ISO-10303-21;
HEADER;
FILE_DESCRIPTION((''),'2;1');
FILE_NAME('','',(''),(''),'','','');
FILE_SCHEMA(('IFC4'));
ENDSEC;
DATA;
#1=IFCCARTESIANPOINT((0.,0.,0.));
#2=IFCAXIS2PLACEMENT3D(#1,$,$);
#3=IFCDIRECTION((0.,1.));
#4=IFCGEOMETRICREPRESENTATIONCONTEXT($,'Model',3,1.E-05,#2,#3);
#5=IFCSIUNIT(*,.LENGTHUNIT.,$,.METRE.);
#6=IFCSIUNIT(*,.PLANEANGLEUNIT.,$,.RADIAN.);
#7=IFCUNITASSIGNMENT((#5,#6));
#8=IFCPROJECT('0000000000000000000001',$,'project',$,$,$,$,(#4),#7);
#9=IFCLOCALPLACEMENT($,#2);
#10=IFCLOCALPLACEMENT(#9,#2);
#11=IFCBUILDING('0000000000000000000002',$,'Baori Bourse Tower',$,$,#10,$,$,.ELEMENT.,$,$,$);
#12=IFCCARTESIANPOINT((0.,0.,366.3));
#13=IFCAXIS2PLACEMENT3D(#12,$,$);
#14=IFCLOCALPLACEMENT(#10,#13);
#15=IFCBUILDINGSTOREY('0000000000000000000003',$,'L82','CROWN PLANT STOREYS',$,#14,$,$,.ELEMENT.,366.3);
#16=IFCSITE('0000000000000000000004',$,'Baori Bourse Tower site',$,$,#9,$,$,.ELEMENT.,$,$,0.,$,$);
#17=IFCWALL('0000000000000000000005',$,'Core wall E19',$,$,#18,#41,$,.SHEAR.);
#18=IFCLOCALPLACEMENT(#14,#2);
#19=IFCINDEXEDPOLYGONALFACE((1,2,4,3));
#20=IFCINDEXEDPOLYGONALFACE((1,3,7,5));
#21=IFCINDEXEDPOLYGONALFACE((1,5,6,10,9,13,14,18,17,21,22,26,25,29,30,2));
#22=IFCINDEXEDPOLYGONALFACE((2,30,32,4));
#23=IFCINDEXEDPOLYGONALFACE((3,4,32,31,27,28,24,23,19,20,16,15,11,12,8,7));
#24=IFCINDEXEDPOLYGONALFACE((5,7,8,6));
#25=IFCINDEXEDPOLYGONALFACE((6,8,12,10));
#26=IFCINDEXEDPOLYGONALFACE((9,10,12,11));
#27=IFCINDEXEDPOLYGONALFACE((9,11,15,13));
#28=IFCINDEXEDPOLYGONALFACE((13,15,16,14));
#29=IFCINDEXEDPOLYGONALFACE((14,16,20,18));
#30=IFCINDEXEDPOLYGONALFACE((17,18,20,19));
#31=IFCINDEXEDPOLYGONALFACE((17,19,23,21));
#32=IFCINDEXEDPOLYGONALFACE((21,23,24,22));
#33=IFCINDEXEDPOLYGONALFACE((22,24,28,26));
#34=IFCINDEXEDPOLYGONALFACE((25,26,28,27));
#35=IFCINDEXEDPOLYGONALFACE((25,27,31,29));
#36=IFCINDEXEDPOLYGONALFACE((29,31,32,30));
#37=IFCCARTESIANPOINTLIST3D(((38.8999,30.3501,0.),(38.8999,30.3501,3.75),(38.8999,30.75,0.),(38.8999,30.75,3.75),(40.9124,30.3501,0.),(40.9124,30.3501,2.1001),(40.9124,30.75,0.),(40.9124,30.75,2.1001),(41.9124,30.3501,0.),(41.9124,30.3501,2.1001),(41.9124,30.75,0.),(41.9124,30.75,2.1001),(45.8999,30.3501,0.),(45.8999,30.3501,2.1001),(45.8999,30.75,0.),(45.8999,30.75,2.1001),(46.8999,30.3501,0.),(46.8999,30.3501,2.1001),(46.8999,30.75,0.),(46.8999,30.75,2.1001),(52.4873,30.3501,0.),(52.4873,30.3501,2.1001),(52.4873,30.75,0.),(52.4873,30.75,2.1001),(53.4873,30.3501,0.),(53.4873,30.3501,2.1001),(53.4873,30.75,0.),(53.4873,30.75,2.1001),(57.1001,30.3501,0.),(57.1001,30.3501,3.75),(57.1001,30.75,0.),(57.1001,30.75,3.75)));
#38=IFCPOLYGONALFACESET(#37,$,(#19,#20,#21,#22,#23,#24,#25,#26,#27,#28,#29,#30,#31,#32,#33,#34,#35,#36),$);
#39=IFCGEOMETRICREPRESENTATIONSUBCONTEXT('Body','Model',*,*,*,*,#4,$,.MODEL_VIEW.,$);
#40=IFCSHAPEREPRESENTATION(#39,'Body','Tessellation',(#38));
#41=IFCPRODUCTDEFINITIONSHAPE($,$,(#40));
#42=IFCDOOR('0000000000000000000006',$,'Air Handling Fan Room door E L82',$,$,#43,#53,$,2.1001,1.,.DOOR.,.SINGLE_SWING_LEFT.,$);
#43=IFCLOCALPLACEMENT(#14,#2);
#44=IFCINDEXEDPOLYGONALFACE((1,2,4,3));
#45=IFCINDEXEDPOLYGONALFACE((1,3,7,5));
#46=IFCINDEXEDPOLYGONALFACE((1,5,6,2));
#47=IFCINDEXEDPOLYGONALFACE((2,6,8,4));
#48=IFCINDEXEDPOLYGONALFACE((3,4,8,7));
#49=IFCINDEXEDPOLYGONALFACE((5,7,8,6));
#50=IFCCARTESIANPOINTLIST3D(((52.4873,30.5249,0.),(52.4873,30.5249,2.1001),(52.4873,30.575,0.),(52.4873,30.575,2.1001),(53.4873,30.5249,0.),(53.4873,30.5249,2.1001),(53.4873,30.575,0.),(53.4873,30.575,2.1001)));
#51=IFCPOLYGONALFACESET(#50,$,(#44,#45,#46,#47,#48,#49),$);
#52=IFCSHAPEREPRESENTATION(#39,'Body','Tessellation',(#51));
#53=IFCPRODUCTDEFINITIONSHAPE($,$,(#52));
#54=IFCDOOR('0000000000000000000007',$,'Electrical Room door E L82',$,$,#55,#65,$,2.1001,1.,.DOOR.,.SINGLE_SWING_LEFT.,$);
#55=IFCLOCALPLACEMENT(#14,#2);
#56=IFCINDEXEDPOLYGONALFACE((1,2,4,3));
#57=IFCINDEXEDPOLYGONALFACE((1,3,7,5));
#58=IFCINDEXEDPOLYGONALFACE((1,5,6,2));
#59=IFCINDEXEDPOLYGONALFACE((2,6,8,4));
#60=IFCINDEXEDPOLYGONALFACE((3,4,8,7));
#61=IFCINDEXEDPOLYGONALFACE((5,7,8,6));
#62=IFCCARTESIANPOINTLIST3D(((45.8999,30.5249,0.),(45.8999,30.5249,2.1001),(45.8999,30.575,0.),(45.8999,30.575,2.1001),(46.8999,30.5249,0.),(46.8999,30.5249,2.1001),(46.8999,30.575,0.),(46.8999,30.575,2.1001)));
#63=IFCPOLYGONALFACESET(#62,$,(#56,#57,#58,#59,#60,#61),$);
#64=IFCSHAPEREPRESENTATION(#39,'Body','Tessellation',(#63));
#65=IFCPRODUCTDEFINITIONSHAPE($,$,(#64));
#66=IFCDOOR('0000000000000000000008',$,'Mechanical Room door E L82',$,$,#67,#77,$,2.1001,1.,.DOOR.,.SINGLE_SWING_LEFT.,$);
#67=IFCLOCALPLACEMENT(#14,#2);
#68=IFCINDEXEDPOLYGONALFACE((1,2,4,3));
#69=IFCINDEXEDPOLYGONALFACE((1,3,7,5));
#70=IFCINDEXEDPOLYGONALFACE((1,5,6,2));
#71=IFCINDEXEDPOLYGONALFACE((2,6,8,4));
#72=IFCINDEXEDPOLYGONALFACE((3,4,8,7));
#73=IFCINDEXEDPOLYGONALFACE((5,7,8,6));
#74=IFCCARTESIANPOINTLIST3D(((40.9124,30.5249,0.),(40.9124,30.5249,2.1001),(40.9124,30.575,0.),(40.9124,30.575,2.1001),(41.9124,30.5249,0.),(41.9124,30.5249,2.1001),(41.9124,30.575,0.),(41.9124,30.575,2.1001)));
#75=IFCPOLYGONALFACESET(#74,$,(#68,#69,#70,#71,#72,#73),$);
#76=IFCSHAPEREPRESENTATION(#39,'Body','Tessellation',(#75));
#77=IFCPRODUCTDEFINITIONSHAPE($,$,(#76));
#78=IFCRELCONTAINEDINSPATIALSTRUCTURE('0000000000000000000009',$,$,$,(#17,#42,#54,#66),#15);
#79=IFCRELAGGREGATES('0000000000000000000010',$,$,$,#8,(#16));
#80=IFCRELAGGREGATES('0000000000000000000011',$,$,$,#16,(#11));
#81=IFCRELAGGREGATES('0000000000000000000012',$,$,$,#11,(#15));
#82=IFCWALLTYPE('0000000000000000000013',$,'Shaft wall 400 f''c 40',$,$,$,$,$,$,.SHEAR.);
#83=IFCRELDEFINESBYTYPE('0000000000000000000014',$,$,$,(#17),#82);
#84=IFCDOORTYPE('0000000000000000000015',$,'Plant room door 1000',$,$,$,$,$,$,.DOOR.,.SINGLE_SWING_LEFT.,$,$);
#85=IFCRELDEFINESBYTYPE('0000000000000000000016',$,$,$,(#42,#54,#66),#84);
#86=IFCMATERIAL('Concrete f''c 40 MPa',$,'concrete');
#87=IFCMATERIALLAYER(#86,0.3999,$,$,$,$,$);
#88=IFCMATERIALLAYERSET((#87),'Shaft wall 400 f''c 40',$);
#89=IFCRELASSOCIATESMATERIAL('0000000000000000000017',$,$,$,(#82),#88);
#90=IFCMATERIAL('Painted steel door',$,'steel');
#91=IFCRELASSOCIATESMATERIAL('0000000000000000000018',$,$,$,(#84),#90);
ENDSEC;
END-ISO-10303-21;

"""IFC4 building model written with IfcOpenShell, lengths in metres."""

from ifc_helpers import new_model, si_unit, direction, frame, frame_2d, origin, place, context, subcontext, project, spatial, rectangle, extrude, material, layer, layer_set, type_object, element, fill, save


model = new_model("IFC4")

# Units and contexts
model_context = context("Model", 3, precision=1e-05, world=origin(), true_north=direction((0.0, 1.0)))
body_context = subcontext(model_context, "Body", "Model", "MODEL_VIEW")
ifc_project = project(units=[si_unit("LENGTHUNIT", "METRE"), si_unit("PLANEANGLEUNIT", "RADIAN")], contexts=[model_context])

# Site, building, storey
site_placement = place(None, origin())
site = spatial("IfcSite", under=ifc_project, at=site_placement, Name="Baori Bourse Tower site", CompositionType="ELEMENT", RefElevation=0.0)
building_placement = place(site_placement, origin())
building = spatial("IfcBuilding", under=site, at=building_placement, Name="Baori Bourse Tower", CompositionType="ELEMENT")
storey_placement = place(building_placement, frame((0.0, 0.0, 366.3)))
storey = spatial("IfcBuildingStorey", under=building, at=storey_placement, Name="L82", Description="CROWN PLANT STOREYS", CompositionType="ELEMENT", Elevation=366.3)

# Shared definitions
ifc_material_1 = material(Name="Concrete f'c 40 MPa", Category="concrete")
ifc_layer_1 = layer(ifc_material_1, 0.3999)
ifc_layer_set_1 = layer_set([ifc_layer_1], Name="Shaft wall 400 f'c 40")
wall_type_1 = type_object("IfcWallType", Name="Shaft wall 400 f'c 40", PredefinedType="SHEAR", material=ifc_layer_set_1)

# Wall, openings, doors
ifc_material_2 = material(Name="Painted steel door", Category="steel")
door_type_1 = type_object("IfcDoorType", Name="Plant room door 1000", OperationType="SINGLE_SWING_LEFT", PredefinedType="DOOR", material=ifc_material_2)
wall_1_placement = place(storey_placement, frame((38.8999, 30.55, 0.0), z_axis=(0.0, 0.0, 1.0), x_axis=(1.0, 0.0, 0.0)))
wall_1 = element("IfcWall", 1, at=wall_1_placement, inside=storey, type_object=wall_type_1, Name="Core wall E19", PredefinedType="SHEAR", context=body_context, shape_type="SweptSolid", body=[
    extrude(rectangle(XDim=18.2002, YDim=0.3999, at=frame_2d((9.1001, 0.0))), origin(), (0.0, 0.0, 1.0), 3.75),
])
opening_1_placement = place(wall_1_placement, frame((13.5874, 0.0, 0.0)))
opening_1 = element("IfcOpeningElement", 2, at=opening_1_placement, cuts=wall_1, PredefinedType="OPENING", context=body_context, shape_type="SweptSolid", body=[
    extrude(rectangle(XDim=1.0, YDim=2.1001, at=frame_2d((0.5, 1.05))), frame((0.0, 0.21, 0.0), z_axis=(0.0, -1.0, 0.0), x_axis=(1.0, 0.0, 0.0)), (0.0, 0.0, 1.0), 0.4199),
])
opening_2_placement = place(wall_1_placement, frame((7.0, 0.0, 0.0)))
opening_2 = element("IfcOpeningElement", 3, at=opening_2_placement, cuts=wall_1, PredefinedType="OPENING", context=body_context, shape_type="SweptSolid", body=[
    extrude(rectangle(XDim=1.0, YDim=2.1001, at=frame_2d((0.5, 1.05))), frame((0.0, 0.21, 0.0), z_axis=(0.0, -1.0, 0.0), x_axis=(1.0, 0.0, 0.0)), (0.0, 0.0, 1.0), 0.4199),
])
opening_3_placement = place(wall_1_placement, frame((2.0125, 0.0, 0.0)))
opening_3 = element("IfcOpeningElement", 4, at=opening_3_placement, cuts=wall_1, PredefinedType="OPENING", context=body_context, shape_type="SweptSolid", body=[
    extrude(rectangle(XDim=1.0, YDim=2.1001, at=frame_2d((0.5, 1.05))), frame((0.0, 0.21, 0.0), z_axis=(0.0, -1.0, 0.0), x_axis=(1.0, 0.0, 0.0)), (0.0, 0.0, 1.0), 0.4199),
])
door_1_placement = place(opening_1_placement, origin())
door_1 = element("IfcDoor", 5, at=door_1_placement, inside=storey, type_object=door_type_1, Name="Air Handling Fan Room door E L82", OperationType="SINGLE_SWING_LEFT", OverallHeight=2.1001, OverallWidth=1.0, PredefinedType="DOOR", context=body_context, shape_type="SweptSolid", body=[
    extrude(rectangle(XDim=1.0, YDim=2.1001, at=frame_2d((0.5, 1.05))), frame((0.0, 0.0249, 0.0), z_axis=(0.0, -1.0, 0.0), x_axis=(1.0, 0.0, 0.0)), (0.0, 0.0, 1.0), 0.05),
])
fill(opening_1, door_1)
door_2_placement = place(opening_2_placement, origin())
door_2 = element("IfcDoor", 6, at=door_2_placement, inside=storey, type_object=door_type_1, Name="Electrical Room door E L82", OperationType="SINGLE_SWING_LEFT", OverallHeight=2.1001, OverallWidth=1.0, PredefinedType="DOOR", context=body_context, shape_type="SweptSolid", body=[
    extrude(rectangle(XDim=1.0, YDim=2.1001, at=frame_2d((0.5, 1.05))), frame((0.0, 0.0249, 0.0), z_axis=(0.0, -1.0, 0.0), x_axis=(1.0, 0.0, 0.0)), (0.0, 0.0, 1.0), 0.05),
])
fill(opening_2, door_2)
door_3_placement = place(opening_3_placement, origin())
door_3 = element("IfcDoor", 7, at=door_3_placement, inside=storey, type_object=door_type_1, Name="Mechanical Room door E L82", OperationType="SINGLE_SWING_LEFT", OverallHeight=2.1001, OverallWidth=1.0, PredefinedType="DOOR", context=body_context, shape_type="SweptSolid", body=[
    extrude(rectangle(XDim=1.0, YDim=2.1001, at=frame_2d((0.5, 1.05))), frame((0.0, 0.0249, 0.0), z_axis=(0.0, -1.0, 0.0), x_axis=(1.0, 0.0, 0.0)), (0.0, 0.0, 1.0), 0.05),
])
fill(opening_3, door_3)

save(model, "model.ifc")
